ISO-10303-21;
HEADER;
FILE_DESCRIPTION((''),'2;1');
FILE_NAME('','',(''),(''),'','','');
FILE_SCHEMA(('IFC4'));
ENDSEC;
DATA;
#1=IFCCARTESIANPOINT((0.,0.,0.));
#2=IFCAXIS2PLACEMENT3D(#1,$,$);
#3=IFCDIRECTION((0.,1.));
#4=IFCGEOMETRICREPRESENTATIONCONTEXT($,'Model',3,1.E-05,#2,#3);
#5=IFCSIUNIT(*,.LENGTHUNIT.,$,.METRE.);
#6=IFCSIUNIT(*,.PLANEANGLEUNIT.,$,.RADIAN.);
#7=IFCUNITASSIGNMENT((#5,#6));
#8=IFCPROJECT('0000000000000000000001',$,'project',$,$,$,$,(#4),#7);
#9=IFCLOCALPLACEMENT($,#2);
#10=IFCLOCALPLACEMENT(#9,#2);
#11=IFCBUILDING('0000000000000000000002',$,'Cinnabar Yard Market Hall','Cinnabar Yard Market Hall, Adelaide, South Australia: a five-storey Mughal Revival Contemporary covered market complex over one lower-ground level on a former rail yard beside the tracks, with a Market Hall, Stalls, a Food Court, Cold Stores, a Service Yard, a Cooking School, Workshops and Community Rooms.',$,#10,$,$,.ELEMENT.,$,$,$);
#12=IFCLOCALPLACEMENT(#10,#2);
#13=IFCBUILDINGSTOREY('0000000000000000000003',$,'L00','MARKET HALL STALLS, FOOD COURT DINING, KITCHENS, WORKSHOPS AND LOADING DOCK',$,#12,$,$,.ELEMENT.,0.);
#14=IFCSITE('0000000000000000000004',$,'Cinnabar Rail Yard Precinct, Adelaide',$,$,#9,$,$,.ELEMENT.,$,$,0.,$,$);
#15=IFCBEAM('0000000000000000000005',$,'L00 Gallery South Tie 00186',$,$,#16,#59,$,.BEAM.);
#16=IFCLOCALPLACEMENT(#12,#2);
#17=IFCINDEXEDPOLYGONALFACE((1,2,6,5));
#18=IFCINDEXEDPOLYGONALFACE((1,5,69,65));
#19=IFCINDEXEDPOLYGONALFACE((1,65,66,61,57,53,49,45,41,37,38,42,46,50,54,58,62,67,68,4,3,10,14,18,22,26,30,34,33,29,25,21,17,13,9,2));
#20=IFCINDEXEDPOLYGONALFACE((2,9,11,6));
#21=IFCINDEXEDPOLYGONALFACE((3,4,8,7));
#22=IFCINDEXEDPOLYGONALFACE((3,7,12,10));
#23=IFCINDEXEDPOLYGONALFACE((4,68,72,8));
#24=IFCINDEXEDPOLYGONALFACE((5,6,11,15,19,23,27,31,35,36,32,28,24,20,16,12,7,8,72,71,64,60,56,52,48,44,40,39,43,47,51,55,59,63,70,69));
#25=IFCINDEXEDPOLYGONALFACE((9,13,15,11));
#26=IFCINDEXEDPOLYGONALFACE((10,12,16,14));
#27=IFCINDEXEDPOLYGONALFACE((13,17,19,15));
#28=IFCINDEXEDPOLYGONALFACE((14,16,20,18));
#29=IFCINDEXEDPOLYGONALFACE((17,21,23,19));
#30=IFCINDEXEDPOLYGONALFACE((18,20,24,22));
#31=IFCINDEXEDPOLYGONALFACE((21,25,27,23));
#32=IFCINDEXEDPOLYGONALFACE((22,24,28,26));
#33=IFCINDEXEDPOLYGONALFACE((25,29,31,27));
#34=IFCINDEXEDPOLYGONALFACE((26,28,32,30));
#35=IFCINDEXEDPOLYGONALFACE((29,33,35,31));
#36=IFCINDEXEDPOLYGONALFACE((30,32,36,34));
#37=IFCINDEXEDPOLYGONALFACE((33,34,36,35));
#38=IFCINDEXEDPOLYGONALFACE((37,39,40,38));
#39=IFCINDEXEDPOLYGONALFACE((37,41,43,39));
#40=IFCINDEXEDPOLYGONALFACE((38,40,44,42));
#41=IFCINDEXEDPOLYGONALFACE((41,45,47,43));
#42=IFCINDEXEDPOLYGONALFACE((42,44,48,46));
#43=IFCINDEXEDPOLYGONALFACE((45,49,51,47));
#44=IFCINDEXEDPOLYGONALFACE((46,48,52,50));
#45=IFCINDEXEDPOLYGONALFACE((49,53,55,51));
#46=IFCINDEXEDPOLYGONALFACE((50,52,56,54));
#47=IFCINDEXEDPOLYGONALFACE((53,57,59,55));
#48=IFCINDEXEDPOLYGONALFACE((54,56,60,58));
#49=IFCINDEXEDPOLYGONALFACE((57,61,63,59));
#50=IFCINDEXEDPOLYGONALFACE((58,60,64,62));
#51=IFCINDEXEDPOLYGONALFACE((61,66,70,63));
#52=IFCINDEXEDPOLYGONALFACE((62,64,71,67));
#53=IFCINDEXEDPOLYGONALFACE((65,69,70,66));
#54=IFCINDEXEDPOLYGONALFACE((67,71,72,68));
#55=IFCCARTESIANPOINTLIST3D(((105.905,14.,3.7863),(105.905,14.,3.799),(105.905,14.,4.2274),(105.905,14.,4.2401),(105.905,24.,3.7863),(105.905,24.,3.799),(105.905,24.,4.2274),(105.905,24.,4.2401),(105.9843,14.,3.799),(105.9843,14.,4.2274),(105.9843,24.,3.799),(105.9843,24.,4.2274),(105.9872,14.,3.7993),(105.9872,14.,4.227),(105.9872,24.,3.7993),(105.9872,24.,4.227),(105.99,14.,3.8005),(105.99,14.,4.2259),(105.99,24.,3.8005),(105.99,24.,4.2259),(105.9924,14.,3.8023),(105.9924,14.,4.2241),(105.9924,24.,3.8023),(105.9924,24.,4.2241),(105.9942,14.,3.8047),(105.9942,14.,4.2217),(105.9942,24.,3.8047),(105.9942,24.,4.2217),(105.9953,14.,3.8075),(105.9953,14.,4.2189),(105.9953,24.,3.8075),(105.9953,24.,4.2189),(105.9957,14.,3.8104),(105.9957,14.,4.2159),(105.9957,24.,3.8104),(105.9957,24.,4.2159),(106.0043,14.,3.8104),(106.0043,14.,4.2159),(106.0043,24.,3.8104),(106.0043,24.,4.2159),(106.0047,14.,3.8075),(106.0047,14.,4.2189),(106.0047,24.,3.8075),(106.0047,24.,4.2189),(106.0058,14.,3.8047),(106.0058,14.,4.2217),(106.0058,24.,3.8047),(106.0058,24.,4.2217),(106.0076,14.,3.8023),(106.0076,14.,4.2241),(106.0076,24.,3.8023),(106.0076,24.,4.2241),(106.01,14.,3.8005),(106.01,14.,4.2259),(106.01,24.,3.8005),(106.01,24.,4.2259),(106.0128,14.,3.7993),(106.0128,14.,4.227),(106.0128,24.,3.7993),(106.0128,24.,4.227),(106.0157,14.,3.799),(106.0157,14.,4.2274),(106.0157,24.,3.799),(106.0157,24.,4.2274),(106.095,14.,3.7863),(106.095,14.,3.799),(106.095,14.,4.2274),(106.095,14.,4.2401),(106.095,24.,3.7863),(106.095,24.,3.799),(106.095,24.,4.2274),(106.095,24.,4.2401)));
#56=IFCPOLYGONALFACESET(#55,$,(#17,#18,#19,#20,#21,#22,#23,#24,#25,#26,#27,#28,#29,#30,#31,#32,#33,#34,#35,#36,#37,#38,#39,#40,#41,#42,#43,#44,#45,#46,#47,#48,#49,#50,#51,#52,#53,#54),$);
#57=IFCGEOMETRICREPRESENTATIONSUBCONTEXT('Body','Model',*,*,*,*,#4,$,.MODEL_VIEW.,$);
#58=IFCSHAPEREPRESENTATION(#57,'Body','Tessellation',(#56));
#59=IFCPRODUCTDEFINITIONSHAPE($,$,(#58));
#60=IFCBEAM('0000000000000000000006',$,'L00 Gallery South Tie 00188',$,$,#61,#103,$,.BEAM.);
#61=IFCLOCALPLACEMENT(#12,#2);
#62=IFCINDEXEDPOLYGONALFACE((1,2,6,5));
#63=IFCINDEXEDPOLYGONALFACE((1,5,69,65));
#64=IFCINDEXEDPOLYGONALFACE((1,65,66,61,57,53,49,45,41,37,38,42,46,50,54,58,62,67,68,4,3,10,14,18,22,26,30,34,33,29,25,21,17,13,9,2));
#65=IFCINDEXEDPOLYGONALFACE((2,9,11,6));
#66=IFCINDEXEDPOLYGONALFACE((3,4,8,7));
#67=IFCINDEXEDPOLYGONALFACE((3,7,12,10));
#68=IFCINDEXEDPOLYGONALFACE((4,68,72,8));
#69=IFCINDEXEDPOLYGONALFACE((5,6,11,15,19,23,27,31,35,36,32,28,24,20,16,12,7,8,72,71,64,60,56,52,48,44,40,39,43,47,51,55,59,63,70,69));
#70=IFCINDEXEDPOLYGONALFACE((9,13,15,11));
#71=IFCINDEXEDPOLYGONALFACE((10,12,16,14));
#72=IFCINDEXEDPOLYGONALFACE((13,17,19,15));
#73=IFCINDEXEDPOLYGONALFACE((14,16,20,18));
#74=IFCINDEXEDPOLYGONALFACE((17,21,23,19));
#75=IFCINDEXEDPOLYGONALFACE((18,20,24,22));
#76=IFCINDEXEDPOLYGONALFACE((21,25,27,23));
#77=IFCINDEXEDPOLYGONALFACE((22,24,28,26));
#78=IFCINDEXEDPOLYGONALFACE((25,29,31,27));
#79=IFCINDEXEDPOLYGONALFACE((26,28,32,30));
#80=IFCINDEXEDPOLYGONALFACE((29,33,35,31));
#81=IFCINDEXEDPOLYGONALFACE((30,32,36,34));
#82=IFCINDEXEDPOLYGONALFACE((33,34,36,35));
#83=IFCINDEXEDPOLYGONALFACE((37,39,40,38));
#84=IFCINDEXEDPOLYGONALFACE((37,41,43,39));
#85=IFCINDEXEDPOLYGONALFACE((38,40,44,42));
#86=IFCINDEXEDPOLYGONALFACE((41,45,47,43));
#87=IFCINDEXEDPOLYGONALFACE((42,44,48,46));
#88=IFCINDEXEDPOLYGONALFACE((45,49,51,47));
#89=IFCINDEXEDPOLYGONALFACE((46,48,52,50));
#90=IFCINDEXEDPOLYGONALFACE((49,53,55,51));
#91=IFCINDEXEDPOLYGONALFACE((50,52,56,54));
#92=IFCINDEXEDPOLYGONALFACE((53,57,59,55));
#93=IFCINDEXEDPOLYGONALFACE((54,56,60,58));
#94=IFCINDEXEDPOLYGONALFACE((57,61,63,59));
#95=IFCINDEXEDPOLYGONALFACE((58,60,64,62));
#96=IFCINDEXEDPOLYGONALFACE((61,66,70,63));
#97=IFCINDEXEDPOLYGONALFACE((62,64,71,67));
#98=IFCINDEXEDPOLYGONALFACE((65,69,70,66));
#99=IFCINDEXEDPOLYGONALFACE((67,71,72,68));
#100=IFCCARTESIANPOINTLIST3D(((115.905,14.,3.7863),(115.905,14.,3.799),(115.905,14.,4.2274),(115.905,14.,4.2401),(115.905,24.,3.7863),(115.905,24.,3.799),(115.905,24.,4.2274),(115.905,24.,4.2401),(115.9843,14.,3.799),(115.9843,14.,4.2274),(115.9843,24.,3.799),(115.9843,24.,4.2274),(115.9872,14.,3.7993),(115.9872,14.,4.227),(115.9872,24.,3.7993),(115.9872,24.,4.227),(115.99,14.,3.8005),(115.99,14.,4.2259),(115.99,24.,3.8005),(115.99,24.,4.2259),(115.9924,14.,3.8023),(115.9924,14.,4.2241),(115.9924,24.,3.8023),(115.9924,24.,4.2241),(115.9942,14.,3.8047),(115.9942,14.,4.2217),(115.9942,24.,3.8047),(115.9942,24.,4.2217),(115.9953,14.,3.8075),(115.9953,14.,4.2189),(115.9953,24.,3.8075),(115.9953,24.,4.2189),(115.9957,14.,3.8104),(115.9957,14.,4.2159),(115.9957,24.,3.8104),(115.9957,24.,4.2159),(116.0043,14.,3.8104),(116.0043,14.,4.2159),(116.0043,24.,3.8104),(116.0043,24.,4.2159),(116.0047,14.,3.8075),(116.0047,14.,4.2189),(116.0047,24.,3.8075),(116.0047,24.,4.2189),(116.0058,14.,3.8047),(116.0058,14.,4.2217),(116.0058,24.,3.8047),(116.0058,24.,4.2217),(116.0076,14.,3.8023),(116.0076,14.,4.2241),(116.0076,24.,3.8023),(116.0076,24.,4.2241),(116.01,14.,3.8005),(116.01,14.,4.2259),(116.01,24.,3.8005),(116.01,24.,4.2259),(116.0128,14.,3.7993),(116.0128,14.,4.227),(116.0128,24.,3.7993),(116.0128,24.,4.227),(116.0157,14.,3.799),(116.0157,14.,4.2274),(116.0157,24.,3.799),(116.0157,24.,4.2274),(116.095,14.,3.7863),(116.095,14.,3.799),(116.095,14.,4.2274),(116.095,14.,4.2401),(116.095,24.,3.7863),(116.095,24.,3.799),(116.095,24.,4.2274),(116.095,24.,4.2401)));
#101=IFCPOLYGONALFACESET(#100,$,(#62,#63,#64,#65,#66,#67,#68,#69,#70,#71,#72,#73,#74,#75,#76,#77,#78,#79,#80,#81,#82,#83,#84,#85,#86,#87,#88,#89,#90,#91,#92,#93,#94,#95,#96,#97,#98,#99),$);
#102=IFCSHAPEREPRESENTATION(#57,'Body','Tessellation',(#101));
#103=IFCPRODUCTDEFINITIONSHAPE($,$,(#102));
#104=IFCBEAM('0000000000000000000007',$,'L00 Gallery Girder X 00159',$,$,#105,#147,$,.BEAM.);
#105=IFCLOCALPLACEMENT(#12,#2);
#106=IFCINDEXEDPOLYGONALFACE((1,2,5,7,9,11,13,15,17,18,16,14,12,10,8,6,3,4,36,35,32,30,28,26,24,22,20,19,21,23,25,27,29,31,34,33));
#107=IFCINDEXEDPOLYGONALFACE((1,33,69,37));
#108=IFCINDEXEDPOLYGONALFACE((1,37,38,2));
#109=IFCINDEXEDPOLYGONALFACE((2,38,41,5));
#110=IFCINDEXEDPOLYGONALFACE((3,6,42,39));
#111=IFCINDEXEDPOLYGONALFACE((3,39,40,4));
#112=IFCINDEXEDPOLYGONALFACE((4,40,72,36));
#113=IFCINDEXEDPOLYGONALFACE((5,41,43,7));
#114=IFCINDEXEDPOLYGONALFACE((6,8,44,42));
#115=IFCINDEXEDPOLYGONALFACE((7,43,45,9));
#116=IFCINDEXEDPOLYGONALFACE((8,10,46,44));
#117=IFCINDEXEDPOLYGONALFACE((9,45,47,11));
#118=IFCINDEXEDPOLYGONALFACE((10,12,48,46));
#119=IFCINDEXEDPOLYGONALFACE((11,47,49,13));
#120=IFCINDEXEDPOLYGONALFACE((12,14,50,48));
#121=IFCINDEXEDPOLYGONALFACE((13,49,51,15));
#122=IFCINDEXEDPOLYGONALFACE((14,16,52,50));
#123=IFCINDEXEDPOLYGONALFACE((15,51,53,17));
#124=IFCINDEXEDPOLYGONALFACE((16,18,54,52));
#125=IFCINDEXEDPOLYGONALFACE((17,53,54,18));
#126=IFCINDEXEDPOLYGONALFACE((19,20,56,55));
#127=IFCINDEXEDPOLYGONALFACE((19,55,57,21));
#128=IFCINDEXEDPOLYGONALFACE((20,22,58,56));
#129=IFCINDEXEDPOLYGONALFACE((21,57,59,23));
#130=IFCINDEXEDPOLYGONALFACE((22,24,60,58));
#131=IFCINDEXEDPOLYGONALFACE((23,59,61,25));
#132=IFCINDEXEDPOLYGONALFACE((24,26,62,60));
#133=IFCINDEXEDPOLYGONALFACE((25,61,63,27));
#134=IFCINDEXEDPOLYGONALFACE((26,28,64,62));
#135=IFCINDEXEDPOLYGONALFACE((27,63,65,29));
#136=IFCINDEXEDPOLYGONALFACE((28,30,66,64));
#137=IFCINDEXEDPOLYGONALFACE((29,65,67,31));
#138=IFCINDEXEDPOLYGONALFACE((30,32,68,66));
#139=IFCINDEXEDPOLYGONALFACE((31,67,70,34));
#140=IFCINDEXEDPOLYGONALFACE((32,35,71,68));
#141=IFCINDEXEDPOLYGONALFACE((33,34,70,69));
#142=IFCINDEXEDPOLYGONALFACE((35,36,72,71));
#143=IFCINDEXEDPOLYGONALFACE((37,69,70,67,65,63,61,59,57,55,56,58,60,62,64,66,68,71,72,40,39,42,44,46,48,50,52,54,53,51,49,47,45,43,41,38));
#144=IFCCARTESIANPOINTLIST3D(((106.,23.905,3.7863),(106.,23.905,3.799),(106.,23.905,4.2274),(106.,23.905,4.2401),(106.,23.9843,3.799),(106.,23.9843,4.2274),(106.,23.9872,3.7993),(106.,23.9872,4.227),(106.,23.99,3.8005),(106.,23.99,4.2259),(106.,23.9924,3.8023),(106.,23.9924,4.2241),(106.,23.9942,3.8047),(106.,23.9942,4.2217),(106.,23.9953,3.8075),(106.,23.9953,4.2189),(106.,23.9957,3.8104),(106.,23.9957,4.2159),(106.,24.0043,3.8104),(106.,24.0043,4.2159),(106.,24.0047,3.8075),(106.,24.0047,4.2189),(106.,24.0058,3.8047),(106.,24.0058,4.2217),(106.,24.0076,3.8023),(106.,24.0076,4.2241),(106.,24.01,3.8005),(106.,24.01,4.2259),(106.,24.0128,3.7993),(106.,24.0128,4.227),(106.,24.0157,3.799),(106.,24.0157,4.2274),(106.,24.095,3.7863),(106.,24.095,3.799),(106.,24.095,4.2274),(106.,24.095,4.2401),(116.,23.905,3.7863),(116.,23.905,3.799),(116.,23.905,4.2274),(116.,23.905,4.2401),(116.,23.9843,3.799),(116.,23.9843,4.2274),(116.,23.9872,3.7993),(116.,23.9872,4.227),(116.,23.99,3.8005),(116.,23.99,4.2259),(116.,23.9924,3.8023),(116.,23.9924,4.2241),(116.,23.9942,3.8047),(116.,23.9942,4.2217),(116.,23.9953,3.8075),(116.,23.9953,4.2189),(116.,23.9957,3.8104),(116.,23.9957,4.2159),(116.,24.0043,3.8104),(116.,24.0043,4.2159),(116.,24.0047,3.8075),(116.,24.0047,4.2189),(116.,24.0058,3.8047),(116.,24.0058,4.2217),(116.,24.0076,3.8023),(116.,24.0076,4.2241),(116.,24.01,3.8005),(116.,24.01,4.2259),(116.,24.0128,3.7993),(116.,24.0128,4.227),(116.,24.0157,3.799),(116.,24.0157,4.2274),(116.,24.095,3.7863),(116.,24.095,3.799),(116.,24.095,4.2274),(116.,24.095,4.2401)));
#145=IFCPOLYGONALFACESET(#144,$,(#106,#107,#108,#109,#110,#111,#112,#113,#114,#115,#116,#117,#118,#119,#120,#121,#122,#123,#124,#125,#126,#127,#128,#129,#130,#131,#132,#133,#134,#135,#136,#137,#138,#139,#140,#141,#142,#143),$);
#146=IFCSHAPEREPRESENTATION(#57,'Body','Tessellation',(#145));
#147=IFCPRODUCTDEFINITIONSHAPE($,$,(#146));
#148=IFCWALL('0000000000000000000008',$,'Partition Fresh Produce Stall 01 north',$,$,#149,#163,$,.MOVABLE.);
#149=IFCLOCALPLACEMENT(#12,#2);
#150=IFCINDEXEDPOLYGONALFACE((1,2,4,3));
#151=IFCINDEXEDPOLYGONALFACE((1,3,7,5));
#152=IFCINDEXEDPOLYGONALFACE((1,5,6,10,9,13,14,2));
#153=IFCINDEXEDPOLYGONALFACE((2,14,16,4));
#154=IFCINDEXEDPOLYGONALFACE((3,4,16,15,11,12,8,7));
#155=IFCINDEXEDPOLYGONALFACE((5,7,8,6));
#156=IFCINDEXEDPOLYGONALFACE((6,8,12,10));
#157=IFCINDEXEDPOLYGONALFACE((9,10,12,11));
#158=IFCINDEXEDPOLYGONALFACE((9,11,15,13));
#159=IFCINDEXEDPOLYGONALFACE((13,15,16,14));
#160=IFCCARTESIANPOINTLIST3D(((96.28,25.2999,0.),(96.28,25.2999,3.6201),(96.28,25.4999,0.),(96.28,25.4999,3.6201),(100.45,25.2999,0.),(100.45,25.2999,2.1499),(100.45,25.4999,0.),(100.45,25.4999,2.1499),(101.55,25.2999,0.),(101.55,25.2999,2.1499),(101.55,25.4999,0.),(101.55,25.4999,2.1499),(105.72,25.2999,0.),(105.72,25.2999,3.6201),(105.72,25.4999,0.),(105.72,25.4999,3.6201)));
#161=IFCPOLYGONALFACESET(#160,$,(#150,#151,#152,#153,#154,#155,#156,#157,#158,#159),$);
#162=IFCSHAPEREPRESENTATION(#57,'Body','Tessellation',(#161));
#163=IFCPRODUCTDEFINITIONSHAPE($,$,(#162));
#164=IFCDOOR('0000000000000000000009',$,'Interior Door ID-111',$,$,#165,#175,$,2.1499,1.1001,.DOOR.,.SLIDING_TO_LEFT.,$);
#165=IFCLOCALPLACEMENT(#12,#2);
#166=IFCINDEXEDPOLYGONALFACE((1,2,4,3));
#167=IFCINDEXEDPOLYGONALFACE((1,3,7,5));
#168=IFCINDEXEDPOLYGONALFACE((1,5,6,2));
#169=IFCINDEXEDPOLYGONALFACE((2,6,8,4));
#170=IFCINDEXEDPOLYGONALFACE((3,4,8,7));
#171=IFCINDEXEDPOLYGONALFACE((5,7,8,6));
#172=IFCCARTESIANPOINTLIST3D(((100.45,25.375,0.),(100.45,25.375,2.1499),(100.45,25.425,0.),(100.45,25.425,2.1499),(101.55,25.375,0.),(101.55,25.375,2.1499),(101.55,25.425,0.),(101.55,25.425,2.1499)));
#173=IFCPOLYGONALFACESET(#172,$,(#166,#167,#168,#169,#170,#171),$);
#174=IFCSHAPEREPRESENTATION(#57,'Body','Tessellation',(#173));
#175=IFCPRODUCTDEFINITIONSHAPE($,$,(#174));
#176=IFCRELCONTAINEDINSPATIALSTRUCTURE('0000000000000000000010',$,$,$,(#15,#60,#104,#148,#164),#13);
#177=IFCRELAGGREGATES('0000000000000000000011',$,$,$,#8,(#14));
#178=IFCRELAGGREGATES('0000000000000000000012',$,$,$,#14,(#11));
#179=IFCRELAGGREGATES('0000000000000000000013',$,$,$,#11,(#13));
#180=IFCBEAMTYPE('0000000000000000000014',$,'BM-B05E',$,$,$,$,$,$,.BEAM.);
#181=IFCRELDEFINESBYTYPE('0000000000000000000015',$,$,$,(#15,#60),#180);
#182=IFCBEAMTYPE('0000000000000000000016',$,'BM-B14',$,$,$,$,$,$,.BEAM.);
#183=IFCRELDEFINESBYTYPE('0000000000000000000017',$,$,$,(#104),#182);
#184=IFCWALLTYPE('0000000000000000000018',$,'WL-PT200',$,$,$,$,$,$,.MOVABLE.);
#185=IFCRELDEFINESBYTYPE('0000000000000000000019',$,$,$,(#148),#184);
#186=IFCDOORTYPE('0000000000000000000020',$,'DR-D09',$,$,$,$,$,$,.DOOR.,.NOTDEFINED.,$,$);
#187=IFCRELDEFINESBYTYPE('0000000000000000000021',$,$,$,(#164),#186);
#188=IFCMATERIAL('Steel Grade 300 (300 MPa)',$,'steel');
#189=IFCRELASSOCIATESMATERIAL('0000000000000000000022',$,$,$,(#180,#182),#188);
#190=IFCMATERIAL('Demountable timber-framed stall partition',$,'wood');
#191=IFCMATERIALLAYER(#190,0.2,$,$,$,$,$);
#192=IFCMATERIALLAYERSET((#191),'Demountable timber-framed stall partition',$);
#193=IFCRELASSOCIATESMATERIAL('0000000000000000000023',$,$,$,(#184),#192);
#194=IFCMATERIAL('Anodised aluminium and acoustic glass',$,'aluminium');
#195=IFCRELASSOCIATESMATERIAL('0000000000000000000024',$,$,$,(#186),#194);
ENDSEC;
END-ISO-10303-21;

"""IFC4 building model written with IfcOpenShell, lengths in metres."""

from ifc_helpers import new_model, si_unit, direction, frame, frame_2d, origin, origin_2d_with_axis, place, context, subcontext, project, spatial, rectangle, i_section, extrude, material, layer, layer_set, material_profile, profile_set, type_object, element, fill, save


model = new_model("IFC4")

# Units and contexts
model_context = context("Model", 3, precision=1e-05, world=origin(), true_north=direction((0.0, 1.0)))
body_context = subcontext(model_context, "Body", "Model", "MODEL_VIEW")
ifc_project = project(units=[si_unit("LENGTHUNIT", "METRE"), si_unit("PLANEANGLEUNIT", "RADIAN")], contexts=[model_context])

# Site, building, storey
site_placement = place(None, origin())
site = spatial("IfcSite", under=ifc_project, at=site_placement, Name="Cinnabar Rail Yard Precinct, Adelaide", CompositionType="ELEMENT", RefElevation=0.0)
building_placement = place(site_placement, origin())
building = spatial("IfcBuilding", under=site, at=building_placement, Name="Cinnabar Yard Market Hall", Description="Cinnabar Yard Market Hall, Adelaide, South Australia: a five-storey Mughal Revival Contemporary covered market complex over one lower-ground level on a former rail yard beside the tracks, with a Market Hall, Stalls, a Food Court, Cold Stores, a Service Yard, a Cooking School, Workshops and Community Rooms.", CompositionType="ELEMENT")
storey_placement = place(building_placement, origin())
storey = spatial("IfcBuildingStorey", under=building, at=storey_placement, Name="L00", Description="MARKET HALL STALLS, FOOD COURT DINING, KITCHENS, WORKSHOPS AND LOADING DOCK", CompositionType="ELEMENT", Elevation=0.0)

# Beams
ifc_material_1 = material(Name="Steel Grade 300 (300 MPa)", Category="steel")
ifc_material_profile_1 = material_profile(ifc_material_1, i_section(OverallWidth=0.1899, OverallDepth=0.4539, WebThickness=0.0085, FlangeThickness=0.0127, FilletRadius=0.0115, at=origin_2d_with_axis()), Name="460UB67.1")
ifc_profile_set_1 = profile_set([ifc_material_profile_1], Name="Steel Grade 300 (300 MPa)")
beam_type_1 = type_object("IfcBeamType", Name="BM-B05E", PredefinedType="BEAM", material=ifc_profile_set_1)
for number, where, z_axis, x_axis, name in (
    (1, (106.0, 24.0, 4.0132), (0.0, -1.0, 0.0), (1.0, 0.0, 0.0), "L00 Gallery South Tie 00186"),
    (2, (116.0, 24.0, 4.0132), (0.0, -1.0, 0.0), (1.0, 0.0, 0.0), "L00 Gallery South Tie 00188"),
):
    element("IfcBeam", number, at=place(storey_placement, frame(where, z_axis=z_axis, x_axis=x_axis)), inside=storey, type_object=beam_type_1, Name=name, PredefinedType="BEAM", context=body_context, shape_type="SweptSolid", body=[
        extrude(i_section(OverallWidth=0.1899, OverallDepth=0.4539, WebThickness=0.0085, FlangeThickness=0.0127, FilletRadius=0.0115, at=origin_2d_with_axis()), origin(), (0.0, 0.0, 1.0), 10.0),
    ])
ifc_material_profile_2 = material_profile(ifc_material_1, i_section(OverallWidth=0.1899, OverallDepth=0.4539, WebThickness=0.0085, FlangeThickness=0.0127, FilletRadius=0.0115, at=origin_2d_with_axis()), Name="460UB67.1")
ifc_profile_set_2 = profile_set([ifc_material_profile_2], Name="Steel Grade 300 (300 MPa)")
beam_type_2 = type_object("IfcBeamType", Name="BM-B14", PredefinedType="BEAM", material=ifc_profile_set_2)
beam_placement = place(storey_placement, frame((106.0, 24.0, 4.0132), z_axis=(1.0, 0.0, 0.0), x_axis=(0.0, 1.0, 0.0)))
element("IfcBeam", 3, at=beam_placement, inside=storey, type_object=beam_type_2, Name="L00 Gallery Girder X 00159", PredefinedType="BEAM", context=body_context, shape_type="SweptSolid", body=[
    extrude(i_section(OverallWidth=0.1899, OverallDepth=0.4539, WebThickness=0.0085, FlangeThickness=0.0127, FilletRadius=0.0115, at=origin_2d_with_axis()), origin(), (0.0, 0.0, 1.0), 10.0),
])

# Wall, opening, door
ifc_material_2 = material(Name="Demountable timber-framed stall partition", Category="wood")
ifc_layer = layer(ifc_material_2, 0.2)
ifc_layer_set = layer_set([ifc_layer], Name="Demountable timber-framed stall partition")
wall_type = type_object("IfcWallType", Name="WL-PT200", PredefinedType="MOVABLE", material=ifc_layer_set)
wall_1_placement = place(storey_placement, frame((105.72, 25.3999, 0.0), z_axis=(0.0, 0.0, 1.0), x_axis=(-1.0, 0.0, 0.0)))
wall_1 = element("IfcWall", 4, at=wall_1_placement, inside=storey, type_object=wall_type, Name="Partition Fresh Produce Stall 01 north", PredefinedType="MOVABLE", context=body_context, shape_type="SweptSolid", body=[
    extrude(rectangle(XDim=9.4399, YDim=0.2, at=frame_2d((4.72, 0.0), x_axis=(1.0, 0.0))), origin(), (0.0, 0.0, 1.0), 3.6201),
])
opening_1_placement = place(wall_1_placement, frame((4.1699, 0.0, 0.0)))
opening_1 = element("IfcOpeningElement", 5, at=opening_1_placement, cuts=wall_1, PredefinedType="OPENING", context=body_context, shape_type="SweptSolid", body=[
    extrude(rectangle(XDim=1.1001, YDim=2.1499, at=frame_2d((0.55, 1.075), x_axis=(1.0, 0.0))), frame((0.0, 0.1099, 0.0), z_axis=(0.0, -1.0, 0.0), x_axis=(1.0, 0.0, 0.0)), (0.0, 0.0, 1.0), 0.22),
])
ifc_material_3 = material(Name="Anodised aluminium and acoustic glass", Category="aluminium")
door_type = type_object("IfcDoorType", Name="DR-D09", OperationType="NOTDEFINED", PredefinedType="DOOR", material=ifc_material_3)
door_1_placement = place(opening_1_placement, origin())
door_1 = element("IfcDoor", 6, at=door_1_placement, inside=storey, type_object=door_type, Name="Interior Door ID-111", OperationType="SLIDING_TO_LEFT", OverallHeight=2.1499, OverallWidth=1.1001, PredefinedType="DOOR", context=body_context, shape_type="SweptSolid", body=[
    extrude(rectangle(XDim=1.1001, YDim=2.1499, at=frame_2d((0.55, 1.075), x_axis=(1.0, 0.0))), frame((0.0, 0.0249, 0.0), z_axis=(0.0, -1.0, 0.0), x_axis=(1.0, 0.0, 0.0)), (0.0, 0.0, 1.0), 0.05),
])
fill(opening_1, door_1)

save(model, "model.ifc")
